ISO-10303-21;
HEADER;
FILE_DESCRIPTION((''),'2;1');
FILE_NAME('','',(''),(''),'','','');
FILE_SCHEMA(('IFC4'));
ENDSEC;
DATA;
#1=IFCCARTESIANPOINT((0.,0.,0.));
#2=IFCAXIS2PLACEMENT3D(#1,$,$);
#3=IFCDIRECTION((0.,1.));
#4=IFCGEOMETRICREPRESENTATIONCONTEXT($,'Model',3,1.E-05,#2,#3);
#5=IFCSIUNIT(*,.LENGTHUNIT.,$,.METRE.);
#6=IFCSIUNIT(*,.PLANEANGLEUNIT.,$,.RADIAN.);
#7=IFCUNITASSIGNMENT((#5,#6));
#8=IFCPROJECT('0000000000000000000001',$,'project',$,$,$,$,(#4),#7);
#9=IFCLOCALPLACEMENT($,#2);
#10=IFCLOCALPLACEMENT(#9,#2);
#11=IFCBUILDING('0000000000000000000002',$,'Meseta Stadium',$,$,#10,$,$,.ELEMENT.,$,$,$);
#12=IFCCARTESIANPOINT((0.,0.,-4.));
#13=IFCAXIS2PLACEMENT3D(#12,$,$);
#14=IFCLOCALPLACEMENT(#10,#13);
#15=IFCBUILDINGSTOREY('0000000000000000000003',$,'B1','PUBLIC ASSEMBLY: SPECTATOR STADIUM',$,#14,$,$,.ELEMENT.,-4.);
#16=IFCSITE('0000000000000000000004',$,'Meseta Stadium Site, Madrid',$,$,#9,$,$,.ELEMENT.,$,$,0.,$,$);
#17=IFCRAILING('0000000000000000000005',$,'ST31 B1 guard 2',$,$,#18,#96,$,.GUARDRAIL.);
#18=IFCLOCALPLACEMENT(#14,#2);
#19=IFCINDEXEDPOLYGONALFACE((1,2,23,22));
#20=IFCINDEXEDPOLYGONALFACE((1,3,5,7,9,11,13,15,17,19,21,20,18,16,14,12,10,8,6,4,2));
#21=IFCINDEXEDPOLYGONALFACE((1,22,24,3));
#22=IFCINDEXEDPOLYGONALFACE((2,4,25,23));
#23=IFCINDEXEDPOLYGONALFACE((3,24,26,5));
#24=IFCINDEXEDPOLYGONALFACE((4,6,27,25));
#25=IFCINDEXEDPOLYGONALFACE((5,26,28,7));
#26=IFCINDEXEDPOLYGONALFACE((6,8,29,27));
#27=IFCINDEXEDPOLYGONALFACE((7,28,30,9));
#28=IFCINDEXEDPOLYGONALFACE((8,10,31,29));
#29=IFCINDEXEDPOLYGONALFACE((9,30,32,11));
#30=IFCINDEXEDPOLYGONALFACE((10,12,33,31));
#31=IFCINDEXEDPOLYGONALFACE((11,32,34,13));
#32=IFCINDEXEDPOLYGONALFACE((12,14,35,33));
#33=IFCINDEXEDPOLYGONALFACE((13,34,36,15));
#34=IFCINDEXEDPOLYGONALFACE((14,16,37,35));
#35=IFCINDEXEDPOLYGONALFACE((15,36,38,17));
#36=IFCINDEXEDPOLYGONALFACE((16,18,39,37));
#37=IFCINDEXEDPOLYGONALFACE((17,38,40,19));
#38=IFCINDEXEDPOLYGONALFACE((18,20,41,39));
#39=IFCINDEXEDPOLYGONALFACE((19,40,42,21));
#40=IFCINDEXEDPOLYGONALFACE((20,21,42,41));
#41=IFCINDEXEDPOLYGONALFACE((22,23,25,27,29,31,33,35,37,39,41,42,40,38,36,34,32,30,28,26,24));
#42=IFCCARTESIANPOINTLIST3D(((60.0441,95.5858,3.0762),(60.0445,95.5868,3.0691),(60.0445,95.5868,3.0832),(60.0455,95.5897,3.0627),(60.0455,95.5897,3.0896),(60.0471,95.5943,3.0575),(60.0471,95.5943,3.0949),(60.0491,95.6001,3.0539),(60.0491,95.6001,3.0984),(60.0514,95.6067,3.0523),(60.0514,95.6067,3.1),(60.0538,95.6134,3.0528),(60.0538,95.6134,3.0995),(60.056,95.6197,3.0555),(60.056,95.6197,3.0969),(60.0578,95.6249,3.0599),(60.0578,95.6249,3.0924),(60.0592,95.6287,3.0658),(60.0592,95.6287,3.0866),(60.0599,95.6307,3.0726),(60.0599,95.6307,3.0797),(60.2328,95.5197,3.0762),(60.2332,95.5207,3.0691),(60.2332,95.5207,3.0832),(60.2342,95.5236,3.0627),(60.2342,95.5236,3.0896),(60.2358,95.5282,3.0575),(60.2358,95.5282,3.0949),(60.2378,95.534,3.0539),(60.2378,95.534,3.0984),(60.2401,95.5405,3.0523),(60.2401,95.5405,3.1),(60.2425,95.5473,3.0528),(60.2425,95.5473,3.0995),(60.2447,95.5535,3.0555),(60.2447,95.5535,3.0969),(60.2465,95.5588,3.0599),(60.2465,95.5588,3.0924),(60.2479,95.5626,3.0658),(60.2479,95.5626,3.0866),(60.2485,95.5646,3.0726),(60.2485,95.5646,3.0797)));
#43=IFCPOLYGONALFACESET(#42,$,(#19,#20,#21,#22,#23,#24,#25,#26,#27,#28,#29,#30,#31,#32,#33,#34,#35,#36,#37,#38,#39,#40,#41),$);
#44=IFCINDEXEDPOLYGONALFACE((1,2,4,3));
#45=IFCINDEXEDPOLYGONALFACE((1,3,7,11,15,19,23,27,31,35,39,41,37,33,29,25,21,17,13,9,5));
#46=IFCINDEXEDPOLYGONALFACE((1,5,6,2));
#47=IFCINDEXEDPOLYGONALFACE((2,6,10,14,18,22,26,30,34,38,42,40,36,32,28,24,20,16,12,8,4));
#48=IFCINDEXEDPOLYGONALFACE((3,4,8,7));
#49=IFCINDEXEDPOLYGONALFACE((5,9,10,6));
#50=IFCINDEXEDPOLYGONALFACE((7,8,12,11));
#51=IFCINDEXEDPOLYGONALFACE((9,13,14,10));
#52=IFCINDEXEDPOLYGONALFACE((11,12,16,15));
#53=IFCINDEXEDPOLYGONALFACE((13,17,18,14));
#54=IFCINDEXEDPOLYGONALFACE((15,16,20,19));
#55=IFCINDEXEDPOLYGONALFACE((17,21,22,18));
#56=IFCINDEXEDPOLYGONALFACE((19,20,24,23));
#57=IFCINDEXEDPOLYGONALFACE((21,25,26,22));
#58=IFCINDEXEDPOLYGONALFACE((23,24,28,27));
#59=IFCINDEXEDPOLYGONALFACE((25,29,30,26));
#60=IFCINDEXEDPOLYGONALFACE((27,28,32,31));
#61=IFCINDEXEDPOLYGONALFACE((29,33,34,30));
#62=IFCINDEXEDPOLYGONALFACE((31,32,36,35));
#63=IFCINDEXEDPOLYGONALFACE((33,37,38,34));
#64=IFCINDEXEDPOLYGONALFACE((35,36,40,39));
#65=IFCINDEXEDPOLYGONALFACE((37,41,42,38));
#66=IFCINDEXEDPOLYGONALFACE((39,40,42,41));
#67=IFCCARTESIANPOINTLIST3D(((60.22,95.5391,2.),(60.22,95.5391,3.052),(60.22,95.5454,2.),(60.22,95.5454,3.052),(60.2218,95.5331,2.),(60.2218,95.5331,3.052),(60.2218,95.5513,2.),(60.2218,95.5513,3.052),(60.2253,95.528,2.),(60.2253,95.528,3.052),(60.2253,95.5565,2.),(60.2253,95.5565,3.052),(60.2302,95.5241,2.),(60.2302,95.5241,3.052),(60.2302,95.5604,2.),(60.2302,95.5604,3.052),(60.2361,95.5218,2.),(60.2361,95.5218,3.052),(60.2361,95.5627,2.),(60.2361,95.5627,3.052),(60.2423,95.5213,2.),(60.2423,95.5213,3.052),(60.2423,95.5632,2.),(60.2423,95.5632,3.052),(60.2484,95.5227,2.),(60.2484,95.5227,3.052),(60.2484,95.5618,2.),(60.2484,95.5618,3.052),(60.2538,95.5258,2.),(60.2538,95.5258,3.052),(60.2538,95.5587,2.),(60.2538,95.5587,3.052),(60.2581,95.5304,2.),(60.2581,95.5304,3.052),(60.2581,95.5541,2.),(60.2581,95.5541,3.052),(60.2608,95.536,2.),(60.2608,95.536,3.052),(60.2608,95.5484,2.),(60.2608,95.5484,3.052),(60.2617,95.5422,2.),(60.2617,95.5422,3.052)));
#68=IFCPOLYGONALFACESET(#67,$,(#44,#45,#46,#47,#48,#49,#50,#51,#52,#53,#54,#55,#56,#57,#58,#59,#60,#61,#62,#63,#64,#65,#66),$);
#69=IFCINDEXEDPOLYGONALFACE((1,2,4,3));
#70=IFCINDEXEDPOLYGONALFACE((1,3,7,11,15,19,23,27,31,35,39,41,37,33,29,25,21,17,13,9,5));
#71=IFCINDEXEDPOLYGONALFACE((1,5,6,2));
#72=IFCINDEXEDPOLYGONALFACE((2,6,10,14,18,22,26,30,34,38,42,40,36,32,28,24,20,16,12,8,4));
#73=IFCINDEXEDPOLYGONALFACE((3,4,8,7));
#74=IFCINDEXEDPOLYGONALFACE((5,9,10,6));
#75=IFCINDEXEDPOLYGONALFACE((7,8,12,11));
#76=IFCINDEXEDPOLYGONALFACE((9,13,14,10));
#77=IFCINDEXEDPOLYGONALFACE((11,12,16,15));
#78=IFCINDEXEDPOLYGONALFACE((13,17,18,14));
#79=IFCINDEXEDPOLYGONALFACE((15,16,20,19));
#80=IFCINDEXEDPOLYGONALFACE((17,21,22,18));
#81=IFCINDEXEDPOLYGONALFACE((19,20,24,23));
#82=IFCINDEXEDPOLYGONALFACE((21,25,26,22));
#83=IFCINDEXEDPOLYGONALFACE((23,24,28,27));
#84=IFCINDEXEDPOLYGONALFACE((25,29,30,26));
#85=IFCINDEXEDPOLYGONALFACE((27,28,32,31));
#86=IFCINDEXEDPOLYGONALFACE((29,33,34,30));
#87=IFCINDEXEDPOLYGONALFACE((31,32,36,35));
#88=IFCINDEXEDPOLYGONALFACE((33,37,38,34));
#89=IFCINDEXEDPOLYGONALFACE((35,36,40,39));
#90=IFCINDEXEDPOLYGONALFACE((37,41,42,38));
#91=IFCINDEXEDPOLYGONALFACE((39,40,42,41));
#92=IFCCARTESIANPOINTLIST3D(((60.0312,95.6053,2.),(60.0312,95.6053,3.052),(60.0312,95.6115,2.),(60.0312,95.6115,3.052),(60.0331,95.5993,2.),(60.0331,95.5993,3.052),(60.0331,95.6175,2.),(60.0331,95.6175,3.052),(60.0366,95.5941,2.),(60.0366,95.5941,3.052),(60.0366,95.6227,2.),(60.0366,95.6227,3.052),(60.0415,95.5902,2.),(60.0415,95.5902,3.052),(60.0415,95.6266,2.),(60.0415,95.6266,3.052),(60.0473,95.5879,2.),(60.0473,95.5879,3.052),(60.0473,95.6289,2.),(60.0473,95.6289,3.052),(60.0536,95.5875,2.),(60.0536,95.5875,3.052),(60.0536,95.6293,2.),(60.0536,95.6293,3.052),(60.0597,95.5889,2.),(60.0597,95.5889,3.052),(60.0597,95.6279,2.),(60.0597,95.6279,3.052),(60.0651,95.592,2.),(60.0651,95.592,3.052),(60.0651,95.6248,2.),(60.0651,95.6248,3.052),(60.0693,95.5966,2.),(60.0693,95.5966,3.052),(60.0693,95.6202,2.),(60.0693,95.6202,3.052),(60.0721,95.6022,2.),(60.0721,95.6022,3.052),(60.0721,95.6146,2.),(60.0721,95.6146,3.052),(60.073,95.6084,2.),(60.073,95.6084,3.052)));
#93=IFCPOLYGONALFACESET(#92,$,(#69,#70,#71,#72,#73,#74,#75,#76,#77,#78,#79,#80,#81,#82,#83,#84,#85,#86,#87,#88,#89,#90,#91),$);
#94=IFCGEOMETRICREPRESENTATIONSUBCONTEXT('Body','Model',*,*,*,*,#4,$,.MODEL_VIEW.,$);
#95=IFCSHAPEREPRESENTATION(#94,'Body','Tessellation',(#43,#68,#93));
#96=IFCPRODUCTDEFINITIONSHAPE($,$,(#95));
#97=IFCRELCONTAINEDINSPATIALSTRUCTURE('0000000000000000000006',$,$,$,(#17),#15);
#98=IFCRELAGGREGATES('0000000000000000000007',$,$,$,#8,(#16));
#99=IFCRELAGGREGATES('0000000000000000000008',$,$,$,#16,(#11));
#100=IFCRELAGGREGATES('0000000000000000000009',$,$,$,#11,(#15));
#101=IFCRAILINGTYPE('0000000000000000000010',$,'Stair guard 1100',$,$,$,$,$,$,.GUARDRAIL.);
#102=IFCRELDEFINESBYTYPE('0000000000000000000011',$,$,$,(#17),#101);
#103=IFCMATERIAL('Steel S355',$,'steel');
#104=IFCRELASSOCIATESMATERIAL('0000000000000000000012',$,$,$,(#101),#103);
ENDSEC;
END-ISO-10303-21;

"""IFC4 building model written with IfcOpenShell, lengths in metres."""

from ifc_helpers import new_model, si_unit, direction, frame, origin, origin_2d, place, context, subcontext, project, spatial, circle, extrude, material, type_object, element, save


model = new_model("IFC4")

# Units and contexts
model_context = context("Model", 3, precision=1e-05, world=origin(), true_north=direction((0.0, 1.0)))
body_context = subcontext(model_context, "Body", "Model", "MODEL_VIEW")
ifc_project = project(units=[si_unit("LENGTHUNIT", "METRE"), si_unit("PLANEANGLEUNIT", "RADIAN")], contexts=[model_context])

# Site, building, storey
site_placement = place(None, origin())
site = spatial("IfcSite", under=ifc_project, at=site_placement, Name="Meseta Stadium Site, Madrid", CompositionType="ELEMENT", RefElevation=0.0)
building_placement = place(site_placement, origin())
building = spatial("IfcBuilding", under=site, at=building_placement, Name="Meseta Stadium", CompositionType="ELEMENT")
storey_placement = place(building_placement, frame((0.0, 0.0, -4.0)))
storey = spatial("IfcBuildingStorey", under=building, at=storey_placement, Name="B1", Description="PUBLIC ASSEMBLY: SPECTATOR STADIUM", CompositionType="ELEMENT", Elevation=-4.0)

# Railing
ifc_material_1 = material(Name="Steel S355", Category="steel")
railing_type_1 = type_object("IfcRailingType", Name="Stair guard 1100", PredefinedType="GUARDRAIL", material=ifc_material_1)
railing_1_placement = place(storey_placement, frame((60.2407, 95.5422, 2.0)))
element("IfcRailing", 1, at=railing_1_placement, inside=storey, type_object=railing_type_1, Name="ST31 B1 guard 2", PredefinedType="GUARDRAIL", context=body_context, shape_type="SweptSolid", body=[
    extrude(circle(Radius=0.0239, at=origin_2d()), frame((0.0, 0.0, 1.0762), z_axis=(-0.943687, 0.33084, 0.0), x_axis=(-0.33084, -0.943687, 0.0)), (0.0, 0.0, 1.0), 0.2),
    extrude(circle(Radius=0.021, at=origin_2d()), origin(), (0.0, 0.0, 1.0), 1.052),
    extrude(circle(Radius=0.021, at=origin_2d()), frame((-0.1887, 0.0662, 0.0)), (0.0, 0.0, 1.0), 1.052),
])

save(model, "model.ifc")
